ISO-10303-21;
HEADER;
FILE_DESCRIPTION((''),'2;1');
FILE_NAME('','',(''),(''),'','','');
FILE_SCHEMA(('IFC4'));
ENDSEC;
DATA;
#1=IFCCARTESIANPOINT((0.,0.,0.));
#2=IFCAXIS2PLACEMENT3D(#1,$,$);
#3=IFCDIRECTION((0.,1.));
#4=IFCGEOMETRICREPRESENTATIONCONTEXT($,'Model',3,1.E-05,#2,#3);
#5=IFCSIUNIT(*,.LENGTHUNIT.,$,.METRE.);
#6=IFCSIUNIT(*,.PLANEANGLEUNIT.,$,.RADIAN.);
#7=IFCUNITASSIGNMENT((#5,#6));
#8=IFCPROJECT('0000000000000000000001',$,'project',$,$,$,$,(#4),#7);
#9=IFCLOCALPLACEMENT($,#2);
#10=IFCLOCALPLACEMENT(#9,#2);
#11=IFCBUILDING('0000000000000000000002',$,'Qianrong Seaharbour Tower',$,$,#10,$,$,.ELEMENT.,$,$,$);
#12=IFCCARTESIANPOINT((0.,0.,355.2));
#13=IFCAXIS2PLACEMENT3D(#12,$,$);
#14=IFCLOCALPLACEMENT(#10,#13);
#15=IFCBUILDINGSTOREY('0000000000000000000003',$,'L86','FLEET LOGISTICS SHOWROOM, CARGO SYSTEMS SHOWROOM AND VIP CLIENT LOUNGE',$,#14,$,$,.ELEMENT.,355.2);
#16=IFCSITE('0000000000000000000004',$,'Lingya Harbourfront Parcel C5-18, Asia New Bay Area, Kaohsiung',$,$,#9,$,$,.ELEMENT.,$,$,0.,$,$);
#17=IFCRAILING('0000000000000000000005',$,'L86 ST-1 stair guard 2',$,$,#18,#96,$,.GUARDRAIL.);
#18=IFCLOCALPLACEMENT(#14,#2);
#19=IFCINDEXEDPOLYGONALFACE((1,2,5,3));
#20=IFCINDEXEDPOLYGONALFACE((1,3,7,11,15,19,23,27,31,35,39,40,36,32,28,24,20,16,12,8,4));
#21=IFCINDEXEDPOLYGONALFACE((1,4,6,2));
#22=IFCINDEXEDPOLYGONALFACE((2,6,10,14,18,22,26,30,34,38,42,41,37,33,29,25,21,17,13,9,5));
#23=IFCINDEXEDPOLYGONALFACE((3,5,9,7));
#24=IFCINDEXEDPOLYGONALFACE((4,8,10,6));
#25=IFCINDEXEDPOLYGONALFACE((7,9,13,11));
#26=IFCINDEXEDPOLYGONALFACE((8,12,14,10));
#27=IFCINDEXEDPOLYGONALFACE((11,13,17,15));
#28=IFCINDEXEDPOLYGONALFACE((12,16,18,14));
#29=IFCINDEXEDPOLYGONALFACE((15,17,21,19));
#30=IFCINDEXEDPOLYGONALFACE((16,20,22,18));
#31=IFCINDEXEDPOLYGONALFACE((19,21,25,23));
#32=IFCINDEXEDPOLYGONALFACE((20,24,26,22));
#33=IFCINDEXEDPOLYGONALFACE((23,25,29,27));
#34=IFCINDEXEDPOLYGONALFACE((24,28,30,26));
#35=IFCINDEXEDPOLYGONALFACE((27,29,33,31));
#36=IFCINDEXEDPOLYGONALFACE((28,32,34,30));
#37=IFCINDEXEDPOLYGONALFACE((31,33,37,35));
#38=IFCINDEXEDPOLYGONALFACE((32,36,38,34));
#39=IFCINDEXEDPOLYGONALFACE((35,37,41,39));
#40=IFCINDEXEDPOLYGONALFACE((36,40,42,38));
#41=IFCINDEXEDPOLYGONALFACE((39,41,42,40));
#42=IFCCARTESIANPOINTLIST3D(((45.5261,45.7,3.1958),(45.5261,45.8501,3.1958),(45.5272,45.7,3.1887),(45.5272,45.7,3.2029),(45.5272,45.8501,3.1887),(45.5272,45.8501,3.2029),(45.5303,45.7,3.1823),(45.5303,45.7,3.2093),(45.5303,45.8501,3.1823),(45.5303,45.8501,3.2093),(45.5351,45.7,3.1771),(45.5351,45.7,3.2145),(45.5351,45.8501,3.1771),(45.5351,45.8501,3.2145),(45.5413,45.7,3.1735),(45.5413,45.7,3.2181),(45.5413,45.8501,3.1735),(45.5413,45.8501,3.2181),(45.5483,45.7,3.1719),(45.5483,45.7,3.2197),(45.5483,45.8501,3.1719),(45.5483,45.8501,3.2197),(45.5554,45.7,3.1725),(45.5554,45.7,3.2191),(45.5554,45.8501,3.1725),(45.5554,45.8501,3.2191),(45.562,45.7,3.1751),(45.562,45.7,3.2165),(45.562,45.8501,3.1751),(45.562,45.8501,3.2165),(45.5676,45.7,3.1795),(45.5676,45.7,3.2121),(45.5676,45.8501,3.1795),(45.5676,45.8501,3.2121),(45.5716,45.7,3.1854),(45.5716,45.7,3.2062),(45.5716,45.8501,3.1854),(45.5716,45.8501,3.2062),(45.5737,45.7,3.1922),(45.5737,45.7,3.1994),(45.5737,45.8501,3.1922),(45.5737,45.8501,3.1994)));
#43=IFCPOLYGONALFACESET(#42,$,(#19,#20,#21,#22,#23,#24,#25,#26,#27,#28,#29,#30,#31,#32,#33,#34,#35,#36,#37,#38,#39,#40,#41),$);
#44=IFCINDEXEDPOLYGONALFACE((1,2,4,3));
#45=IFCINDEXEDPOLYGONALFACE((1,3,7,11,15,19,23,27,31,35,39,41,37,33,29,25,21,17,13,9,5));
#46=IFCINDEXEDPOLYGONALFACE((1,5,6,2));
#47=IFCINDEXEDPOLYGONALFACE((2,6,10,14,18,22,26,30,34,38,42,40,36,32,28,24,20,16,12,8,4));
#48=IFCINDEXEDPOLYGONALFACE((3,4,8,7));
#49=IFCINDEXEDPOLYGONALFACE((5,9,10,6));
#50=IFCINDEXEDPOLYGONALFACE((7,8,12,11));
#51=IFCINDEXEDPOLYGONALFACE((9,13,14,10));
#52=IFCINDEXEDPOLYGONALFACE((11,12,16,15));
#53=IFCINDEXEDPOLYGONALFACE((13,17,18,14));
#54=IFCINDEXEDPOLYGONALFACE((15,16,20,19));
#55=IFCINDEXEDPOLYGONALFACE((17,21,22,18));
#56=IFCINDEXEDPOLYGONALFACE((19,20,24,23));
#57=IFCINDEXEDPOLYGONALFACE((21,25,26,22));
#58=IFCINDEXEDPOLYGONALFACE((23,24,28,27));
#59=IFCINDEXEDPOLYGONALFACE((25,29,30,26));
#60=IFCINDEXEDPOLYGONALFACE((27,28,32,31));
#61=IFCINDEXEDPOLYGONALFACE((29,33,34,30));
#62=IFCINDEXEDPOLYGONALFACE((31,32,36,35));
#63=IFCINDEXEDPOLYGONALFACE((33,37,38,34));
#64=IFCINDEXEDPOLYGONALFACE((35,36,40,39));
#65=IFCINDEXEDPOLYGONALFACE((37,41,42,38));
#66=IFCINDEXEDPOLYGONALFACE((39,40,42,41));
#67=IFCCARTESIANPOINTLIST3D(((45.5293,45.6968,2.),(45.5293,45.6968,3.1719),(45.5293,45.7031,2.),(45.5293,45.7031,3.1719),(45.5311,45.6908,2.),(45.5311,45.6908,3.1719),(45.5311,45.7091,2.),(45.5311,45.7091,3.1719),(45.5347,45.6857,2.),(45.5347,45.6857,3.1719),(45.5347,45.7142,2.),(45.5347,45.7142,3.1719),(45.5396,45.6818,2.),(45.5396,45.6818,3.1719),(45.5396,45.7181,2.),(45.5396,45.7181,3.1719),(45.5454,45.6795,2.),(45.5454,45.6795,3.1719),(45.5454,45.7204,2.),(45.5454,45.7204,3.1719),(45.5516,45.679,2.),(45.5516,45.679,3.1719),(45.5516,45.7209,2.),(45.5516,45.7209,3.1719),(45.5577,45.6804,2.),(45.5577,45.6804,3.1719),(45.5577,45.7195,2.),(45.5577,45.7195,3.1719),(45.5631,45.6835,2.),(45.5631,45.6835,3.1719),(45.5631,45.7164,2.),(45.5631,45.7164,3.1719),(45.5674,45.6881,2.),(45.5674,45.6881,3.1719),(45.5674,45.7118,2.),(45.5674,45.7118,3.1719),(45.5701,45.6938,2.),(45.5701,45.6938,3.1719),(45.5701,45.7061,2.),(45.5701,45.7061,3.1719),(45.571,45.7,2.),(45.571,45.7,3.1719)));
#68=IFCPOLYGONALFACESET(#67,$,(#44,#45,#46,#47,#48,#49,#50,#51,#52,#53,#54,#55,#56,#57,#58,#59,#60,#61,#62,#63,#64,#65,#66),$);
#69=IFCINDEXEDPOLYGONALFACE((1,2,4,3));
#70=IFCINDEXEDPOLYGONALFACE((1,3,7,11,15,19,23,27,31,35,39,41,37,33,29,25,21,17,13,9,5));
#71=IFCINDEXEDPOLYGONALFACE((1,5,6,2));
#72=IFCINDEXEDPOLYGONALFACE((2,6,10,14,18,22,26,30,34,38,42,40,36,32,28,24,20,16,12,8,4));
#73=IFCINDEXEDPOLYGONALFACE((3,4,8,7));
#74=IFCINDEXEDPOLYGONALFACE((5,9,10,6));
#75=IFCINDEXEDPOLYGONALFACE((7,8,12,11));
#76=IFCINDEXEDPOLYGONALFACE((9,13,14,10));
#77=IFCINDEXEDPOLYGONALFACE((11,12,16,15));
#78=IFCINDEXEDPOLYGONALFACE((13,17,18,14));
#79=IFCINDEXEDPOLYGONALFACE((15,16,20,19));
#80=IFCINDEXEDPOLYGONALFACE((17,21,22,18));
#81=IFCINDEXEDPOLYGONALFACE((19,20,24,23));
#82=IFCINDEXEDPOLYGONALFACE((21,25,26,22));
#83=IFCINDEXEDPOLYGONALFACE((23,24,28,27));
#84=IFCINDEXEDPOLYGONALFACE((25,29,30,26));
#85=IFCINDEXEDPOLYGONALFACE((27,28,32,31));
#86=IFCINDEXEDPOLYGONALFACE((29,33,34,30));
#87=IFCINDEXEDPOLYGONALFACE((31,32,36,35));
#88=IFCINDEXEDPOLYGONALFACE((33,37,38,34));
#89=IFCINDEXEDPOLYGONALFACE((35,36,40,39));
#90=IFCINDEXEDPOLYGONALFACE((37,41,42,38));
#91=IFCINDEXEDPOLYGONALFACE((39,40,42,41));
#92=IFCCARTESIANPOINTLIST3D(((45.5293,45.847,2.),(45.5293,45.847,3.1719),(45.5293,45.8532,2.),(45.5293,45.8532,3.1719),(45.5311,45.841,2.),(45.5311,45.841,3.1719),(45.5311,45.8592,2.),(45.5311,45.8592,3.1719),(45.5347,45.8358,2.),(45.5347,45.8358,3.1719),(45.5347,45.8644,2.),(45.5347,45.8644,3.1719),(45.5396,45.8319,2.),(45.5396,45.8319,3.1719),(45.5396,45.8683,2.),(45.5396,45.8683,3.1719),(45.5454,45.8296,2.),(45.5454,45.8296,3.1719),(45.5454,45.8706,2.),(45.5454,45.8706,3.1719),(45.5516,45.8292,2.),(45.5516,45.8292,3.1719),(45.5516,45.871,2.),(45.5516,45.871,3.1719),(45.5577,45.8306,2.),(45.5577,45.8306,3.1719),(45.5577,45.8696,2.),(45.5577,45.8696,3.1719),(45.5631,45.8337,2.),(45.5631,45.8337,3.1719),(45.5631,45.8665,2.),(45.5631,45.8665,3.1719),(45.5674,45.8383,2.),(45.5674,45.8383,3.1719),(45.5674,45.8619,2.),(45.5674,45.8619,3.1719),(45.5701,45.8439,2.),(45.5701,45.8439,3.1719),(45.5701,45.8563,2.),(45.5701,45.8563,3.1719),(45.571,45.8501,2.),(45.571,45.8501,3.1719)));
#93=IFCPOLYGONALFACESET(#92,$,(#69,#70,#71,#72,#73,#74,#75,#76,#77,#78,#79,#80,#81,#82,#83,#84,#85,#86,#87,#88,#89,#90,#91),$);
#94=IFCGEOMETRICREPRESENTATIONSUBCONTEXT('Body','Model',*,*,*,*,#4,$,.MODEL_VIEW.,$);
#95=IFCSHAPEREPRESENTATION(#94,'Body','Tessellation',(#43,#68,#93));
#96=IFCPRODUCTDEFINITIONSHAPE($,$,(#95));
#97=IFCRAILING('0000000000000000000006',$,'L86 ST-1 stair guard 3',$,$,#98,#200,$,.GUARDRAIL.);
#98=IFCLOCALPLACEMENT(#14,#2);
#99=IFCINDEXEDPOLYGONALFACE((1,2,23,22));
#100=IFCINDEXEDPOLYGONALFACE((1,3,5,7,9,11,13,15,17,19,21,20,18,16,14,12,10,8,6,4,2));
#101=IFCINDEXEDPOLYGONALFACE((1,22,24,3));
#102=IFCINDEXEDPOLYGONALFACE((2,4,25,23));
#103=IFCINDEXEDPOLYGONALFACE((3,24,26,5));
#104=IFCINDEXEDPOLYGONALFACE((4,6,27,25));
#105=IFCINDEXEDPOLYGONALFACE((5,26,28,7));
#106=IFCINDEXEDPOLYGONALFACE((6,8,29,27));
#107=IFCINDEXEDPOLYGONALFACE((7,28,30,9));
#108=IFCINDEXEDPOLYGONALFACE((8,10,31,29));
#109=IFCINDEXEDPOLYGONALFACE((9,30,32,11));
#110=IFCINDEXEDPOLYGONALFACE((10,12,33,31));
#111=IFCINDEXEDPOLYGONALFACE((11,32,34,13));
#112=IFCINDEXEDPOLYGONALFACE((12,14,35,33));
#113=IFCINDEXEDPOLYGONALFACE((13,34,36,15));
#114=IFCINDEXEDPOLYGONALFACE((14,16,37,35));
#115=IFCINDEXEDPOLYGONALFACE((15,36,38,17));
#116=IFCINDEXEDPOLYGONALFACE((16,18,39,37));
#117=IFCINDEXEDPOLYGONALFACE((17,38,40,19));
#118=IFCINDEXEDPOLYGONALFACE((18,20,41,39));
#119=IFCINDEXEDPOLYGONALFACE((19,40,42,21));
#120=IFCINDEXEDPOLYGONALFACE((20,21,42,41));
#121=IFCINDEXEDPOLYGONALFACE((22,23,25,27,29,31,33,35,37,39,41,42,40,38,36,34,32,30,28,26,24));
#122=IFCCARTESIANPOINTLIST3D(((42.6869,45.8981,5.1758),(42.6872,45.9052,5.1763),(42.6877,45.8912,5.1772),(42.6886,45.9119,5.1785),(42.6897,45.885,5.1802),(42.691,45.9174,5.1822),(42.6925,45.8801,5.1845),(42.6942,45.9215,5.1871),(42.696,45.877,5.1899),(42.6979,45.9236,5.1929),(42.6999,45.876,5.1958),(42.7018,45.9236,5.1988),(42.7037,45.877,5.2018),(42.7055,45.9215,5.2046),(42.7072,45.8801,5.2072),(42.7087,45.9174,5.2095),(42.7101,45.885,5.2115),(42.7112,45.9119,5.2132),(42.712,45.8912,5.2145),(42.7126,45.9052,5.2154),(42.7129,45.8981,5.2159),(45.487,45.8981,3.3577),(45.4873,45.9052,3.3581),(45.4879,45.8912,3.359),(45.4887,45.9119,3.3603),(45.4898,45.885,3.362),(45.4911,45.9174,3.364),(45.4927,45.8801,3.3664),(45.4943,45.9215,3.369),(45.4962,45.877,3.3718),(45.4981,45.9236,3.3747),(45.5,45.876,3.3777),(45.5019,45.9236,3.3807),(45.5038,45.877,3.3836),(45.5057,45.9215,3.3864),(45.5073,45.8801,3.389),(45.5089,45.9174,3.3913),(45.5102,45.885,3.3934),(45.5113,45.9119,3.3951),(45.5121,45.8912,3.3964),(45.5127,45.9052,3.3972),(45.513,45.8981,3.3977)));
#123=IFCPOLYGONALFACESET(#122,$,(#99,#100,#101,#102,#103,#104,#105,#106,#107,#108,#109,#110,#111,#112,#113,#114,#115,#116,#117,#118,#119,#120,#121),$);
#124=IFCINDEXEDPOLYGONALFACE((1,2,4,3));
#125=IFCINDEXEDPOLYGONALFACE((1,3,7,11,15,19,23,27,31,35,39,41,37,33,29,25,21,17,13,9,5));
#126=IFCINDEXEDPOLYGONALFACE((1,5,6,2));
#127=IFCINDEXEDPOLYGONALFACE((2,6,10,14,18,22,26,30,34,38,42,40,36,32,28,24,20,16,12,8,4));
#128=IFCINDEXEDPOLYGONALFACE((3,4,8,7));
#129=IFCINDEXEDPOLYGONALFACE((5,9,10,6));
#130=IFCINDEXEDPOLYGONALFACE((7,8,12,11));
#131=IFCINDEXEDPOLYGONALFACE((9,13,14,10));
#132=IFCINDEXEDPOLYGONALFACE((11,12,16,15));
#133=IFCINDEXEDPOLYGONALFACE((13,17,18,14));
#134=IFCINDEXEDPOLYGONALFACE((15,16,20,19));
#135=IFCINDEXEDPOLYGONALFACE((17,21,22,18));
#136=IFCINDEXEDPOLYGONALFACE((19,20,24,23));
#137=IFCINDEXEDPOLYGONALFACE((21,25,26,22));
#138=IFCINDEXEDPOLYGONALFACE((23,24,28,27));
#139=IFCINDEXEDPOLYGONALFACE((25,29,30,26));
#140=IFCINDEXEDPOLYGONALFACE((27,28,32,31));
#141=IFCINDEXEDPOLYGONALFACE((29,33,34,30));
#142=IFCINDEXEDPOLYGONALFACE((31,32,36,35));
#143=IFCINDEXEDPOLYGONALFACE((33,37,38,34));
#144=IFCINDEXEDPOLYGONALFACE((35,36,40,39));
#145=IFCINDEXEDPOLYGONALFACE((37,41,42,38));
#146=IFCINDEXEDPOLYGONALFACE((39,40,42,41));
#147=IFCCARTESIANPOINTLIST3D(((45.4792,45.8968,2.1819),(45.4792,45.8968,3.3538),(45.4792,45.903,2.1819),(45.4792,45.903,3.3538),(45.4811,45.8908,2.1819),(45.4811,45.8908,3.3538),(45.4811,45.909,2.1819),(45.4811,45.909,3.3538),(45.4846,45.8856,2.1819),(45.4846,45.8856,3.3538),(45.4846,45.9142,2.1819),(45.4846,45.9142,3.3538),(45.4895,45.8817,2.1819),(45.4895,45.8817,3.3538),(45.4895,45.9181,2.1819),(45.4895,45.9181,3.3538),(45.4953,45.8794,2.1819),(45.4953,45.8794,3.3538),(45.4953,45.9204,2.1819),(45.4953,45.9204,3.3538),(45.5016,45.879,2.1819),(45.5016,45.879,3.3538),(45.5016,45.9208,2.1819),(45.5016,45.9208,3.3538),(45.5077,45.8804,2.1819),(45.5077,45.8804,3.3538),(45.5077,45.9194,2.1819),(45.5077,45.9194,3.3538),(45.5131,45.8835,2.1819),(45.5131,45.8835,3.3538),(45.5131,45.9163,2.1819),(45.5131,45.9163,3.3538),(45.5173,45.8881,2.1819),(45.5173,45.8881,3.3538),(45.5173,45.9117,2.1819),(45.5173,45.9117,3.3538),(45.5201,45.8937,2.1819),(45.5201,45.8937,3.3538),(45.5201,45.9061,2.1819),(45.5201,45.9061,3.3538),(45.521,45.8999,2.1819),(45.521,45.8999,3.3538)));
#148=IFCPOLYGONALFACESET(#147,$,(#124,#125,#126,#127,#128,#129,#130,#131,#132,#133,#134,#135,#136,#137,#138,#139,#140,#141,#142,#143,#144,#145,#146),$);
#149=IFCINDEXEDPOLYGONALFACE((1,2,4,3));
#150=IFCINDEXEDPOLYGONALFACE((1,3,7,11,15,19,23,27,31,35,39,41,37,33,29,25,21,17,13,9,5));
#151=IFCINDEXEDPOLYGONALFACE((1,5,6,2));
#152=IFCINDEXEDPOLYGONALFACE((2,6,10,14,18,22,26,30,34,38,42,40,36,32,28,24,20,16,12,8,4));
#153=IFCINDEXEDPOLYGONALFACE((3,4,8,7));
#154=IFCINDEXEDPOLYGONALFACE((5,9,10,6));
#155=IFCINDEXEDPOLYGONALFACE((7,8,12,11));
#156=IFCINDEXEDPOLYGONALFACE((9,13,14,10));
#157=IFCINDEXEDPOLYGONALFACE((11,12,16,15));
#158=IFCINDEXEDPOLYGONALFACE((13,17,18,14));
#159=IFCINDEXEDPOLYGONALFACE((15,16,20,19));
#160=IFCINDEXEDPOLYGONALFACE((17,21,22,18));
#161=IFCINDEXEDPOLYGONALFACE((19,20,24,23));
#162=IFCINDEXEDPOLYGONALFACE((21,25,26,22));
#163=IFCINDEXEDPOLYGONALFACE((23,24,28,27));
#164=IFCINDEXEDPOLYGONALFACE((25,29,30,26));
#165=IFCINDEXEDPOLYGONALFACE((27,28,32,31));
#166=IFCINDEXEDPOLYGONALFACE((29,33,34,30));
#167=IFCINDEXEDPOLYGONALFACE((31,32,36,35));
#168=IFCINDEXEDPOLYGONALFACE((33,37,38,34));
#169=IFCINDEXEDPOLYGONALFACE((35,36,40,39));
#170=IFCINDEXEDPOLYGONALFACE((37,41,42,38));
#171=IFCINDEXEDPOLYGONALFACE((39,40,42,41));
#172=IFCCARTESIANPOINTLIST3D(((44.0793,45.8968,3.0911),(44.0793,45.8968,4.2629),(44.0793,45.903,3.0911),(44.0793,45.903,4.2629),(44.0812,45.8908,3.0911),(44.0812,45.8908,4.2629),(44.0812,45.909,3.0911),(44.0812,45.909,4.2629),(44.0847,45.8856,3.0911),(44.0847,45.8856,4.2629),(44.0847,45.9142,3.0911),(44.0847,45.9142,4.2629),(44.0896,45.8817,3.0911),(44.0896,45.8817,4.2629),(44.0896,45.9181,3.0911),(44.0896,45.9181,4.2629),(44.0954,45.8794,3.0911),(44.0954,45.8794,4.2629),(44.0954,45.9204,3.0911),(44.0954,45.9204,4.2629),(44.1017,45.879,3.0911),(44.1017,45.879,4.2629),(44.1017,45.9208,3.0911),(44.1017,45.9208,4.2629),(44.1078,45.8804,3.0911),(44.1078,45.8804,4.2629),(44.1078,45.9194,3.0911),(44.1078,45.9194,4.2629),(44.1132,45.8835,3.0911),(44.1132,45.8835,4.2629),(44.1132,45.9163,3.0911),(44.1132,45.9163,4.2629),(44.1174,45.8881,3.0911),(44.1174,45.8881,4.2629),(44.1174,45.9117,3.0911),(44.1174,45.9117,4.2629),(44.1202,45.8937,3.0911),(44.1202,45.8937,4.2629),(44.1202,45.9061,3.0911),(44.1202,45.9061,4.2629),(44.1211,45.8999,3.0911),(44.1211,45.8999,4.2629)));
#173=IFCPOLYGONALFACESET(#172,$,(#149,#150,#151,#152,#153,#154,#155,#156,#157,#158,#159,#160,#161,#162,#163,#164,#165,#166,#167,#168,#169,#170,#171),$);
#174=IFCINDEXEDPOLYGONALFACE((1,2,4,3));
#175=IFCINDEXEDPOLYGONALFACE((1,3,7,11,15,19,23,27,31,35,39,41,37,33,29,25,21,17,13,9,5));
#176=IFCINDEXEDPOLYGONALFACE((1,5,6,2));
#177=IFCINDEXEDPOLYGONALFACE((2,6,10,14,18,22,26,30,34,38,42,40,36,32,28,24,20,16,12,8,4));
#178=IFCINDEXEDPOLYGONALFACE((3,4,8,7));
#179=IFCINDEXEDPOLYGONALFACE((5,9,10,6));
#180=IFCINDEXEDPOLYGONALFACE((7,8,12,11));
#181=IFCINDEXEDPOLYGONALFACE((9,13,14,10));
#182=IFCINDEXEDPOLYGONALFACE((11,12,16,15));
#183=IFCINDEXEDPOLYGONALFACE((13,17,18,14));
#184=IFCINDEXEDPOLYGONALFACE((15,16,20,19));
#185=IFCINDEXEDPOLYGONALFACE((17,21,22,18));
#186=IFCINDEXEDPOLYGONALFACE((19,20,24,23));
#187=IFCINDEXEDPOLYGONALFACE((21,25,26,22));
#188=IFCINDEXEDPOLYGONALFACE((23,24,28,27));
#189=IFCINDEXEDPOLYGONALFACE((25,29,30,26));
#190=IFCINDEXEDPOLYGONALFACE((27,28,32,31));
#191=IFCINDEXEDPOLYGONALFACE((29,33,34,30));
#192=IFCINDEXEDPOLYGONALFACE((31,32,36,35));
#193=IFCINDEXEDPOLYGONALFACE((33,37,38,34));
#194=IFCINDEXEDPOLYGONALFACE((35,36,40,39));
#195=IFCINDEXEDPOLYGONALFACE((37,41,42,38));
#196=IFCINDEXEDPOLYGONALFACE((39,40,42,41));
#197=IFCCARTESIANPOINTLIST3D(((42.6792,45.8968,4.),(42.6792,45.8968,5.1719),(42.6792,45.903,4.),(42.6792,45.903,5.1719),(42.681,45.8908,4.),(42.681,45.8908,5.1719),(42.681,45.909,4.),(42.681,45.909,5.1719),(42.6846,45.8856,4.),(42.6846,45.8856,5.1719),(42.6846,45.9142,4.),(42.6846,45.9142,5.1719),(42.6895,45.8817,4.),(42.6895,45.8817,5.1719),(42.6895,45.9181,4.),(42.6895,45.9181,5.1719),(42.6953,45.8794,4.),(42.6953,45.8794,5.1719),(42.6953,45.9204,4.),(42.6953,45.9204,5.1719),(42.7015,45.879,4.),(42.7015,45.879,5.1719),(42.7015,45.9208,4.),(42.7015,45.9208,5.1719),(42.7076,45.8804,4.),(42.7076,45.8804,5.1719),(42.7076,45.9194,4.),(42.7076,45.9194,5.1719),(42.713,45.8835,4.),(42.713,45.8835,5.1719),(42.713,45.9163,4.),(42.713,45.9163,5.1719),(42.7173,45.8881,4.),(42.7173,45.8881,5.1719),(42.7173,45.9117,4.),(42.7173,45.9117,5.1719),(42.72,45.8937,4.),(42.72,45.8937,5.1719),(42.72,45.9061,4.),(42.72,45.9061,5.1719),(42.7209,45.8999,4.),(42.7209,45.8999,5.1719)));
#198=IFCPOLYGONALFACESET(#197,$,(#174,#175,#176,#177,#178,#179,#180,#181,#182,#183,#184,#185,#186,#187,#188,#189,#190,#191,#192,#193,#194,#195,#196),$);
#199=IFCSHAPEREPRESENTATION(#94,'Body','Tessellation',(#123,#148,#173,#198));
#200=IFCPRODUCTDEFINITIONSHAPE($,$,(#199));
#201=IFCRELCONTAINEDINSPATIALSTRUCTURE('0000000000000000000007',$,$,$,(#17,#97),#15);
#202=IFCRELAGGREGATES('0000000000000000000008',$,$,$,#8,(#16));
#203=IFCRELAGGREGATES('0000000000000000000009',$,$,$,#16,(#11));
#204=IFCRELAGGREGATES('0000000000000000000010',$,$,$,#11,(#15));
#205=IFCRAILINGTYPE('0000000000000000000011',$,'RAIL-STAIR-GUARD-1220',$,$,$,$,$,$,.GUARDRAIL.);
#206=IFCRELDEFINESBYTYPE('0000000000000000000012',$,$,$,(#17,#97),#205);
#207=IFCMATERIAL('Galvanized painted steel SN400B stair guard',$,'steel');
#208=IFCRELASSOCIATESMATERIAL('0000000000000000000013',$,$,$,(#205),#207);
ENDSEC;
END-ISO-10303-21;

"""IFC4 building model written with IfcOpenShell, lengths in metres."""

from ifc_helpers import new_model, si_unit, direction, frame, origin, origin_2d, place, context, subcontext, project, spatial, circle, extrude, material, type_object, element, save


model = new_model("IFC4")

# Units and contexts
model_context = context("Model", 3, precision=1e-05, world=origin(), true_north=direction((0.0, 1.0)))
body_context = subcontext(model_context, "Body", "Model", "MODEL_VIEW")
ifc_project = project(units=[si_unit("LENGTHUNIT", "METRE"), si_unit("PLANEANGLEUNIT", "RADIAN")], contexts=[model_context])

# Site, building, storey
site_placement = place(None, origin())
site = spatial("IfcSite", under=ifc_project, at=site_placement, Name="Lingya Harbourfront Parcel C5-18, Asia New Bay Area, Kaohsiung", CompositionType="ELEMENT", RefElevation=0.0)
building_placement = place(site_placement, origin())
building = spatial("IfcBuilding", under=site, at=building_placement, Name="Qianrong Seaharbour Tower", CompositionType="ELEMENT")
storey_placement = place(building_placement, frame((0.0, 0.0, 355.2)))
storey = spatial("IfcBuildingStorey", under=building, at=storey_placement, Name="L86", Description="FLEET LOGISTICS SHOWROOM, CARGO SYSTEMS SHOWROOM AND VIP CLIENT LOUNGE", CompositionType="ELEMENT", Elevation=355.2)

# Railings
ifc_material_1 = material(Name="Galvanized painted steel SN400B stair guard", Category="steel")
railing_type_1 = type_object("IfcRailingType", Name="RAIL-STAIR-GUARD-1220", PredefinedType="GUARDRAIL", material=ifc_material_1)
railing_1_placement = place(storey_placement, frame((45.55, 45.7, 2.0)))
element("IfcRailing", 1, at=railing_1_placement, inside=storey, type_object=railing_type_1, Name="L86 ST-1 stair guard 2", PredefinedType="GUARDRAIL", context=body_context, shape_type="SweptSolid", body=[
    extrude(circle(Radius=0.0239, at=origin_2d()), frame((0.0, 0.0, 1.1958), z_axis=(0.0, 1.0, 0.0), x_axis=(-1.0, 0.0, 0.0)), (0.0, 0.0, 1.0), 0.1501),
    extrude(circle(Radius=0.021, at=origin_2d()), origin(), (0.0, 0.0, 1.0), 1.1719),
    extrude(circle(Radius=0.021, at=origin_2d()), frame((0.0, 0.1501, 0.0)), (0.0, 0.0, 1.0), 1.1719),
])
railing_2_placement = place(storey_placement, frame((45.5, 45.8999, 2.1819)))
element("IfcRailing", 2, at=railing_2_placement, inside=storey, type_object=railing_type_1, Name="L86 ST-1 stair guard 3", PredefinedType="GUARDRAIL", context=body_context, shape_type="SweptSolid", body=[
    extrude(circle(Radius=0.0239, at=origin_2d()), frame((0.0, 0.0, 1.1958), z_axis=(-0.838706, 0.0, 0.544585), x_axis=(0.0, -1.0, 0.0)), (0.0, 0.0, 1.0), 3.3386),
    extrude(circle(Radius=0.021, at=origin_2d()), origin(), (0.0, 0.0, 1.0), 1.1719),
    extrude(circle(Radius=0.021, at=origin_2d()), frame((-1.3999, 0.0, 0.9092)), (0.0, 0.0, 1.0), 1.1719),
    extrude(circle(Radius=0.021, at=origin_2d()), frame((-2.8, 0.0, 1.8181)), (0.0, 0.0, 1.0), 1.1719),
])

save(model, "model.ifc")
